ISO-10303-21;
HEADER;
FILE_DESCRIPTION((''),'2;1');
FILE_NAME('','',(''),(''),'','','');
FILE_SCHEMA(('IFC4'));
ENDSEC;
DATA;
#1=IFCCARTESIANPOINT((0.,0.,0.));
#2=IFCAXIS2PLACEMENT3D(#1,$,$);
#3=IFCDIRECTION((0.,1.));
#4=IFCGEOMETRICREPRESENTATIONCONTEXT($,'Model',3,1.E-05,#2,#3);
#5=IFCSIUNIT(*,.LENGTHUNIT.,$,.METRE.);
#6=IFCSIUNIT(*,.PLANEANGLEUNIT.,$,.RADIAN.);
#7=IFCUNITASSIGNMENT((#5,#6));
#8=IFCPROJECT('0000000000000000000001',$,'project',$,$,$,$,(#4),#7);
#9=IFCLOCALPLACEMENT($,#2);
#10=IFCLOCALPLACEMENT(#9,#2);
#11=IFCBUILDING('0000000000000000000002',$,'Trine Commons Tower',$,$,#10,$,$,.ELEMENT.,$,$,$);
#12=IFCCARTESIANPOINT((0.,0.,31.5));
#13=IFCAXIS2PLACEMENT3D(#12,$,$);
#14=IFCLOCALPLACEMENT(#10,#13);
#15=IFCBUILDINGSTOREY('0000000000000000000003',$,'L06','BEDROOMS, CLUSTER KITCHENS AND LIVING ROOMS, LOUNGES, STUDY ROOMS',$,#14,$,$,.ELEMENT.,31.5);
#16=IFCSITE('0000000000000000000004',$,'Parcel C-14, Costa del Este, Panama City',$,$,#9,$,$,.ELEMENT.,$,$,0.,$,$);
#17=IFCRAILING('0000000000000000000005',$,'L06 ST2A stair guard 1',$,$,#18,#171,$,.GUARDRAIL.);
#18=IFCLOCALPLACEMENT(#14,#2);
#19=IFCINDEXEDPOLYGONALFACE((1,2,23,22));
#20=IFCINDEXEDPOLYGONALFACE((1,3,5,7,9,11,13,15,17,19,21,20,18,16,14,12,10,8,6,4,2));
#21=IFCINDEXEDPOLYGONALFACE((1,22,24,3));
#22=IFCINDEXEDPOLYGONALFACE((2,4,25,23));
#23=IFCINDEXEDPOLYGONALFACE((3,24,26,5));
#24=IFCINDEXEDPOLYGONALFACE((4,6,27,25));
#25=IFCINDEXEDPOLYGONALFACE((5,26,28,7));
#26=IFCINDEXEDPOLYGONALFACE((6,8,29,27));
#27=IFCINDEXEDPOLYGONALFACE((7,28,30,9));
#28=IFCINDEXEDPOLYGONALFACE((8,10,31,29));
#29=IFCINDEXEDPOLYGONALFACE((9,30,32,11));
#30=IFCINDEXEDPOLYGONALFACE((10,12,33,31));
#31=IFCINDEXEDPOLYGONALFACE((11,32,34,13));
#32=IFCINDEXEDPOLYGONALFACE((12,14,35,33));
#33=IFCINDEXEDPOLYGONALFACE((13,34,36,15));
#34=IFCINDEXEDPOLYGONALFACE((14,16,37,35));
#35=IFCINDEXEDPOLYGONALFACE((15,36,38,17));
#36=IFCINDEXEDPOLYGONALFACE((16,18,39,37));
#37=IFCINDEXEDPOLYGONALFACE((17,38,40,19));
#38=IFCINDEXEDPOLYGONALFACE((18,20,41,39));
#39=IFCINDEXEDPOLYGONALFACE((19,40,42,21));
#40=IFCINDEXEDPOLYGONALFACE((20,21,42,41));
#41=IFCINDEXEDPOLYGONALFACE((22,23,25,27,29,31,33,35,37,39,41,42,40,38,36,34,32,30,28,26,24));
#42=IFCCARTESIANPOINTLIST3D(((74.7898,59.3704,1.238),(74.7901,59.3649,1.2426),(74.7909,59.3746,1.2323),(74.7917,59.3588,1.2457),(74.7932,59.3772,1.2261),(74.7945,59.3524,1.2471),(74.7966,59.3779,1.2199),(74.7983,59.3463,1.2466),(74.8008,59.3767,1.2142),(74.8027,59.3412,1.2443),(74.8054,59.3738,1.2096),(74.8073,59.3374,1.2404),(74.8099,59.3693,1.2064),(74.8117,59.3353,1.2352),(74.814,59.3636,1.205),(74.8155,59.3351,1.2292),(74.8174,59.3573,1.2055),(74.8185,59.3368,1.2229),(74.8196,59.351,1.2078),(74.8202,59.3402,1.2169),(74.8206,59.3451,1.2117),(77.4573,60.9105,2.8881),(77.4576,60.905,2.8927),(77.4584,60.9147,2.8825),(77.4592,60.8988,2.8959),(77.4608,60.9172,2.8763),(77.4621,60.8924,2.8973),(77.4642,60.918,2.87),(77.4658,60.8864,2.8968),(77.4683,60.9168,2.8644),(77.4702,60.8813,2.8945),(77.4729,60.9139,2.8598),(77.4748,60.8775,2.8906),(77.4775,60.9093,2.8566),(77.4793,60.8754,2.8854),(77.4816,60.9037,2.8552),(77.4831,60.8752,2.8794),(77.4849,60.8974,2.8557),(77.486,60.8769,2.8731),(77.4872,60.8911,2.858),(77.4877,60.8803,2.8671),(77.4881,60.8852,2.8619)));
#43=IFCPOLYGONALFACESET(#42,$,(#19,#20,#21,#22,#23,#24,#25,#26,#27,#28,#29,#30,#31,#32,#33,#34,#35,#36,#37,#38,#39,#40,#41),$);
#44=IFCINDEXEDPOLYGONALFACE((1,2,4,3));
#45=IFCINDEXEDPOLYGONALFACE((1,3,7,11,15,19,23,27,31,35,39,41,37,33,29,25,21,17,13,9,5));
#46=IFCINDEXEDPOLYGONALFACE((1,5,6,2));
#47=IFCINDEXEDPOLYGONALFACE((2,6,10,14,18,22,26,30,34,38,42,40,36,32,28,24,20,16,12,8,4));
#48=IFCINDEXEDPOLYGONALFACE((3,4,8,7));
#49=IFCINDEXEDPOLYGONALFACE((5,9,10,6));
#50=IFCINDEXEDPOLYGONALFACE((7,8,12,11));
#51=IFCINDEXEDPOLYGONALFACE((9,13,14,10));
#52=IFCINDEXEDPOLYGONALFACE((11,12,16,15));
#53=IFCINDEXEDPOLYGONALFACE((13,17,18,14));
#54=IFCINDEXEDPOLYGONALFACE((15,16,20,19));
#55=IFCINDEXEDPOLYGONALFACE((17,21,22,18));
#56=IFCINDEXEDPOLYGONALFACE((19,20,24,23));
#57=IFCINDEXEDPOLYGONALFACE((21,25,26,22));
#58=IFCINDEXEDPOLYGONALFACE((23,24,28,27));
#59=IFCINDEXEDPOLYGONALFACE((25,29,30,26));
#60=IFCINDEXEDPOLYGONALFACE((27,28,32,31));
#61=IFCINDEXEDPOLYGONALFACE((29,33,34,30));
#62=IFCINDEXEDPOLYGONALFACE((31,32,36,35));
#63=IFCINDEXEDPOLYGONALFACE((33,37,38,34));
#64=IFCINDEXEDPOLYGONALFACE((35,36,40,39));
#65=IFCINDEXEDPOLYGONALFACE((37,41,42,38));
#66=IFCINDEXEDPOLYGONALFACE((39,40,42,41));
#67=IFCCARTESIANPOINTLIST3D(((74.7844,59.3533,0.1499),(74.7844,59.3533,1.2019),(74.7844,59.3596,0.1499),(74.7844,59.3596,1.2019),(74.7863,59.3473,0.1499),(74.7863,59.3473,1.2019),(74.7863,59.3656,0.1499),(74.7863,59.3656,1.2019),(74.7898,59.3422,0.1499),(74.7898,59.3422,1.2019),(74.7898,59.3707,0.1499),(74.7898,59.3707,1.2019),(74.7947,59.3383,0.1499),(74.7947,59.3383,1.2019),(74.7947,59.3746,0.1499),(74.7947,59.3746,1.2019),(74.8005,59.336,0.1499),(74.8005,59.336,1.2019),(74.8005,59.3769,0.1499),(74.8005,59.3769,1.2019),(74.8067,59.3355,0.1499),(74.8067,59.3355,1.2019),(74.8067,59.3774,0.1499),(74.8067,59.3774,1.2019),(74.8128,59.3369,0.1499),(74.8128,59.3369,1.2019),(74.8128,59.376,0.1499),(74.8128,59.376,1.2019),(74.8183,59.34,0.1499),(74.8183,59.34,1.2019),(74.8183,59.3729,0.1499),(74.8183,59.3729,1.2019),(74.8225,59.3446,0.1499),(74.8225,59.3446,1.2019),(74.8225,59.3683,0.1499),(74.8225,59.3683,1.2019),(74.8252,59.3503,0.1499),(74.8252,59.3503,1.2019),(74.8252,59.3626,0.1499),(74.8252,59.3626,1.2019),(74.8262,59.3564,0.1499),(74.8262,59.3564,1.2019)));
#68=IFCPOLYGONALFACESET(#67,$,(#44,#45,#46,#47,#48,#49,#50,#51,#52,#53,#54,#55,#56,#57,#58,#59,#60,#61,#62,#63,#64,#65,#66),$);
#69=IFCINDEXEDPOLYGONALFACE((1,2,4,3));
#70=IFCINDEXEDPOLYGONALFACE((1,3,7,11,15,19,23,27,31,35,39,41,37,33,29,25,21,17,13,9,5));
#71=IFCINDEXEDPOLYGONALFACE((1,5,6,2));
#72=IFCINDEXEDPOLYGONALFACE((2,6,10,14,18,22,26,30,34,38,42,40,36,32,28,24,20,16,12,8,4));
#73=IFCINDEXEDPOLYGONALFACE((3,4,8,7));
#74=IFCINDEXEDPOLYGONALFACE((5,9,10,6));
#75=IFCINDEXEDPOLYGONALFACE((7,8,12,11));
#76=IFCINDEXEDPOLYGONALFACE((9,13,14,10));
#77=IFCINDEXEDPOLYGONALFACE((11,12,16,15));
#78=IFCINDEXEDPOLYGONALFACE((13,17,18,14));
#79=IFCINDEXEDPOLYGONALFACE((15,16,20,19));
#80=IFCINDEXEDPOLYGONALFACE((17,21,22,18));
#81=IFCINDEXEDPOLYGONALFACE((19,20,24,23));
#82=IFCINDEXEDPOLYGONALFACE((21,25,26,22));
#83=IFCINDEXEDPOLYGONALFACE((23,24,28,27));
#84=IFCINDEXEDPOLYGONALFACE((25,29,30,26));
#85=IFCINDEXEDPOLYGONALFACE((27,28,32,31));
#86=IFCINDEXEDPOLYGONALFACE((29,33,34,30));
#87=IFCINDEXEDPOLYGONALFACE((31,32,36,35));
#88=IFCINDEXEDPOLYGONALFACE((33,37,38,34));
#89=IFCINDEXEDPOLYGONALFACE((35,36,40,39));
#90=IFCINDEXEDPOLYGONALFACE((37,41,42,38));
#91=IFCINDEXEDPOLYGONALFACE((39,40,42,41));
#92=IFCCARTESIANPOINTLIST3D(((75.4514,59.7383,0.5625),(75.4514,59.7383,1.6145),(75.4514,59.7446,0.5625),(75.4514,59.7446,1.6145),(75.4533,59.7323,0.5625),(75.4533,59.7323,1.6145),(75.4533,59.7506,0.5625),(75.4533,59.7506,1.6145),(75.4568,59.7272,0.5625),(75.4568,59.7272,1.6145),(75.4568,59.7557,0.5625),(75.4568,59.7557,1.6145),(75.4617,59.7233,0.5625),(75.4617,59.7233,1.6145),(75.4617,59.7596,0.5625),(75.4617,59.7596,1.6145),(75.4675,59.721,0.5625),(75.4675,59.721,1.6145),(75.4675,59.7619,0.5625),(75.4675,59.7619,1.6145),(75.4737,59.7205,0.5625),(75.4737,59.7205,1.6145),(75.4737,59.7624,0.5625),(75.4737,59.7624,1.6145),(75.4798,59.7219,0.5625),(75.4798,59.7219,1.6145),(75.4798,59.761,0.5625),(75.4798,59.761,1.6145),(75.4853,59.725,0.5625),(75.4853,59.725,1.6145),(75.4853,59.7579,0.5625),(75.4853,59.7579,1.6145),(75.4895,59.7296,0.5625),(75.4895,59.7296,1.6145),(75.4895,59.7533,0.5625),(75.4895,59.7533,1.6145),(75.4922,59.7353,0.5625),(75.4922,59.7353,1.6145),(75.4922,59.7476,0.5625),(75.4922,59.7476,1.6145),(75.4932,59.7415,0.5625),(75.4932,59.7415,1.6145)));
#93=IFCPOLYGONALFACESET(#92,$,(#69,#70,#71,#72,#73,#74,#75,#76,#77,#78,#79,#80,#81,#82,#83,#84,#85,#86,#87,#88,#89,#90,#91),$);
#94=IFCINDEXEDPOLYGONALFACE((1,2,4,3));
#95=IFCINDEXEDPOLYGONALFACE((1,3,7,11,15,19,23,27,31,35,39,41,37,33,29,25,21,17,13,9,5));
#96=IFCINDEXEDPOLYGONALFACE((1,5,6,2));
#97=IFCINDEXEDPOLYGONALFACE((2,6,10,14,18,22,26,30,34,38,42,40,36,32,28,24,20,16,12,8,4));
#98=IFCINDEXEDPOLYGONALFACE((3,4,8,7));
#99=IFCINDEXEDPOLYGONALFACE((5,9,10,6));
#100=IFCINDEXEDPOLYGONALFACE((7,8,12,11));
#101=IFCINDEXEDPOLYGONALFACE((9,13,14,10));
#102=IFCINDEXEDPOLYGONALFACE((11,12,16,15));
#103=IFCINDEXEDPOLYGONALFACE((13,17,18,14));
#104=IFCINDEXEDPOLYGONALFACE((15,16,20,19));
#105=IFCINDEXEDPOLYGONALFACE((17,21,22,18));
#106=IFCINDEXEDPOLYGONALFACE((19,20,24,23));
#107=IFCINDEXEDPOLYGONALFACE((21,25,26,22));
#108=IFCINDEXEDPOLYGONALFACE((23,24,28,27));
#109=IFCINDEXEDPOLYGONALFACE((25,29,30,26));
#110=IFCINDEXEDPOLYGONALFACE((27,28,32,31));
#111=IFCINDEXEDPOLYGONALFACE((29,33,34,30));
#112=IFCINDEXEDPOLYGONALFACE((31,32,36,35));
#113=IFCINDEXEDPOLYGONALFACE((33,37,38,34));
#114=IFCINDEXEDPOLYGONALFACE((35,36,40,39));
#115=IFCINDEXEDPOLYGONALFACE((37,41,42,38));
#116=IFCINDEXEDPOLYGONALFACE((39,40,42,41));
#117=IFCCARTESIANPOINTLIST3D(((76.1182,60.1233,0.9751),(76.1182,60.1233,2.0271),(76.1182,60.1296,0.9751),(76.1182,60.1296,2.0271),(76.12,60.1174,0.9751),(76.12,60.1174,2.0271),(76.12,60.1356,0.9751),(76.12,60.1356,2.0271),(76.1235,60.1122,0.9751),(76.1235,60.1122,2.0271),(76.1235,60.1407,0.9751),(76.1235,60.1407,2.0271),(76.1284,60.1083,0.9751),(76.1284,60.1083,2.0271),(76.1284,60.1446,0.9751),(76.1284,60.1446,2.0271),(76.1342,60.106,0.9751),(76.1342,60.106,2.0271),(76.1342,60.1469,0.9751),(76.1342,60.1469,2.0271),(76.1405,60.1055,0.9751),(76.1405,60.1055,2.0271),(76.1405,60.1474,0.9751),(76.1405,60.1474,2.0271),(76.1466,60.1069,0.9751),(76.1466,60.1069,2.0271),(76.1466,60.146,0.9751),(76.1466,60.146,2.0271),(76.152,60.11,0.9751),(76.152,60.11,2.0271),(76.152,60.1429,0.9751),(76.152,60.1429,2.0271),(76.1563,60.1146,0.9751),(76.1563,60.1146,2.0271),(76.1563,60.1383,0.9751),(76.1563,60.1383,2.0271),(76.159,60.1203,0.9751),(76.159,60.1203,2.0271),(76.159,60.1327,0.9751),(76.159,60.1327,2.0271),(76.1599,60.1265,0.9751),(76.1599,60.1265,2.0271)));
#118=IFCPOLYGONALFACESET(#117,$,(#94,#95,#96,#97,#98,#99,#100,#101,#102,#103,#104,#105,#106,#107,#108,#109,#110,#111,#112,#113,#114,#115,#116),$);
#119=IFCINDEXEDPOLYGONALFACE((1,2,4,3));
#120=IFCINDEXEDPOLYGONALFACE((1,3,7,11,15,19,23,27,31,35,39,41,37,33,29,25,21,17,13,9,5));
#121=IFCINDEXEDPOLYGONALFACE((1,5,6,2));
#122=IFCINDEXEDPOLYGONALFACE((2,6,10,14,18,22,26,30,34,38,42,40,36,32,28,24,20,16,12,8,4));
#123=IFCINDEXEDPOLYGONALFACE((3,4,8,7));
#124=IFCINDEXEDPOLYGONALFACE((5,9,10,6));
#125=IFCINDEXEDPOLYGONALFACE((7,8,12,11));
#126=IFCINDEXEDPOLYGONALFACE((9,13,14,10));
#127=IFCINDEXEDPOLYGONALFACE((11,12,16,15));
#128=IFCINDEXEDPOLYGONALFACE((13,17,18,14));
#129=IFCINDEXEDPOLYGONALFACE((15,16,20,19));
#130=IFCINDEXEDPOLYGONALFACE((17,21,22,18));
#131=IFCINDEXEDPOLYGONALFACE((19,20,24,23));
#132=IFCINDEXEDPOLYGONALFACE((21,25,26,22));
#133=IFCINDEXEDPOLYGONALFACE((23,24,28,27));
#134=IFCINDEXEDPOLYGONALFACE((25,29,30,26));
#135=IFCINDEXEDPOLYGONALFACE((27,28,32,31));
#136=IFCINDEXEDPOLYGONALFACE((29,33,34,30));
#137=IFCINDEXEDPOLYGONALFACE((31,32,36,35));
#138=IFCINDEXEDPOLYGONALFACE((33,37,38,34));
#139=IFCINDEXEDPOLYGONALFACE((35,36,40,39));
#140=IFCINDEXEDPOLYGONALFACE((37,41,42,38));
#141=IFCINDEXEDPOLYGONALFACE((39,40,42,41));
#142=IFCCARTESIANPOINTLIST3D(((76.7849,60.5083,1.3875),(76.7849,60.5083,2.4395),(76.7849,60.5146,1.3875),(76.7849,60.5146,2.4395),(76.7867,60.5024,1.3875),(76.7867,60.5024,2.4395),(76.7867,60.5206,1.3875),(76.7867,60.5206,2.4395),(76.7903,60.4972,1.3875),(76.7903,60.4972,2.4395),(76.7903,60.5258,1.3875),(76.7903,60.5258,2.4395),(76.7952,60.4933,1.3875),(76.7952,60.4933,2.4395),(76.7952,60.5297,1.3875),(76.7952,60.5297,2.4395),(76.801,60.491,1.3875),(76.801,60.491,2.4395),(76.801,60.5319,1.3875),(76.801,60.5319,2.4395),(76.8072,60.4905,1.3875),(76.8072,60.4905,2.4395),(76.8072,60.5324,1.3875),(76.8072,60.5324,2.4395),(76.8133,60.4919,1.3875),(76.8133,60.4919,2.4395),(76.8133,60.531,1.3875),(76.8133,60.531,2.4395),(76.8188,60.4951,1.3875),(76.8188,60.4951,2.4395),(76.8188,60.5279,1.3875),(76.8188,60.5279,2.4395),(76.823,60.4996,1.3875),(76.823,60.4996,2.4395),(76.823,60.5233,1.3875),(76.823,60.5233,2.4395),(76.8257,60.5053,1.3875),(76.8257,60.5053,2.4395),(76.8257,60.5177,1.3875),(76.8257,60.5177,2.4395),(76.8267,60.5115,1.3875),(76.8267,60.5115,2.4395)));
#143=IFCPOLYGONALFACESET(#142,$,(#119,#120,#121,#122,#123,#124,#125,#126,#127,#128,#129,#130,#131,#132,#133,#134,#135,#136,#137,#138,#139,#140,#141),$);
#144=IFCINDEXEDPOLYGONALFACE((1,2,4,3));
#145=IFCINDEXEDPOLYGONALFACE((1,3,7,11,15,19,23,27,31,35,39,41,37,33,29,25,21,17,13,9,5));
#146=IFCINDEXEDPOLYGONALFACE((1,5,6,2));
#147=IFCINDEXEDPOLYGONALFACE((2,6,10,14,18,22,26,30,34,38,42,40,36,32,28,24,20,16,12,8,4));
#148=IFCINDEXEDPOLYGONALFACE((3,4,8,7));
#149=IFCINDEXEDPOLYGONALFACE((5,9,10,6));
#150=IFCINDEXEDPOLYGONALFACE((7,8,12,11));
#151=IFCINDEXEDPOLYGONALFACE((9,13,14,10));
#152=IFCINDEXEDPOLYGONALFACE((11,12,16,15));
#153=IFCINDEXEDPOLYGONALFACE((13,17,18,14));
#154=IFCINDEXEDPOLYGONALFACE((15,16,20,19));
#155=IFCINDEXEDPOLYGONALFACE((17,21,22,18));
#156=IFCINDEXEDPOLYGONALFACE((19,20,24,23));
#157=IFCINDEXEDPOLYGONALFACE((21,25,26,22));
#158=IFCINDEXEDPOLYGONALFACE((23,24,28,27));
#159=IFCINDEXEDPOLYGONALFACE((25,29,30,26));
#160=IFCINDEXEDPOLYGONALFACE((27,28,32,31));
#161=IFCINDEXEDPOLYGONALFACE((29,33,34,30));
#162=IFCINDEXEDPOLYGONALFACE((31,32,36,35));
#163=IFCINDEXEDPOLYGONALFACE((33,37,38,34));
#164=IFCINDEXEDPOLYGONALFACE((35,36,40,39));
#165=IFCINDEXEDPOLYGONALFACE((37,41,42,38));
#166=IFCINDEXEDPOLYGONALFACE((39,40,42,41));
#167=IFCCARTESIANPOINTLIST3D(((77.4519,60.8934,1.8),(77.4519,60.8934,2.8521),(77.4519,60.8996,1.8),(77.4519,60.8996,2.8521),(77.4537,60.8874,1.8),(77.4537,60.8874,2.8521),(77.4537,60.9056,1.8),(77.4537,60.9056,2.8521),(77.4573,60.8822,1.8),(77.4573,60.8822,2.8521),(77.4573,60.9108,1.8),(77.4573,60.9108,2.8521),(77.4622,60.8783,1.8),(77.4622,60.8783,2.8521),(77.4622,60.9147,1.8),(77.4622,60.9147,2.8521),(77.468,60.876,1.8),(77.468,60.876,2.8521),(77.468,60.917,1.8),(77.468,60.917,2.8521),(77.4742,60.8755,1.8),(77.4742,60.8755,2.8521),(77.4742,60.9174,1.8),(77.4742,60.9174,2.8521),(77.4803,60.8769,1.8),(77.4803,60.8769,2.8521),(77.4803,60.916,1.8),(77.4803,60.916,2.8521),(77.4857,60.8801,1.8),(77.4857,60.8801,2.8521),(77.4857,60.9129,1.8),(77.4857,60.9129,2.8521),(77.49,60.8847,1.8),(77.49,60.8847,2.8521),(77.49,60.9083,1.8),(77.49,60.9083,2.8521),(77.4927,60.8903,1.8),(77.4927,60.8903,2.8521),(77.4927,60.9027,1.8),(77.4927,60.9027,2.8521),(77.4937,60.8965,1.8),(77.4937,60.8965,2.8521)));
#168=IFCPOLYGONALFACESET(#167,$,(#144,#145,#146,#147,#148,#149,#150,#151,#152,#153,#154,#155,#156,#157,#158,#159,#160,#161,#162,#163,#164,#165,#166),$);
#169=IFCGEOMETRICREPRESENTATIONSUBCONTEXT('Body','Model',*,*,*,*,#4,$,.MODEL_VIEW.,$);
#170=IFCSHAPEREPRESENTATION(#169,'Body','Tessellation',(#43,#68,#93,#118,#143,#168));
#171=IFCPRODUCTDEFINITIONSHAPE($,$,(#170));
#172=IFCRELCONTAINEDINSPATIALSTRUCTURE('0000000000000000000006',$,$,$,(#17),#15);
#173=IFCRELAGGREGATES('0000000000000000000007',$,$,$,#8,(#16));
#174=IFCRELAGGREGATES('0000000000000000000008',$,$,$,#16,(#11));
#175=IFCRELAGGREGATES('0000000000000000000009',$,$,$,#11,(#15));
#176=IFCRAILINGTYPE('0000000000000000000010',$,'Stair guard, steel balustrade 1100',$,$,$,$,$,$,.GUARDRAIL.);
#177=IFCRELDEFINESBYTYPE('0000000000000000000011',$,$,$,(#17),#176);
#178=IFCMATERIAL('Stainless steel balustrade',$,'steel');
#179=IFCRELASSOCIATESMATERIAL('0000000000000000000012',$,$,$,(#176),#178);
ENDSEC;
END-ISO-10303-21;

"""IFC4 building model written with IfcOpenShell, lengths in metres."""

from ifc_helpers import new_model, si_unit, direction, frame, origin, origin_2d, place, context, subcontext, project, spatial, circle, extrude, material, type_object, element, save


model = new_model("IFC4")

# Units and contexts
model_context = context("Model", 3, precision=1e-05, world=origin(), true_north=direction((0.0, 1.0)))
body_context = subcontext(model_context, "Body", "Model", "MODEL_VIEW")
ifc_project = project(units=[si_unit("LENGTHUNIT", "METRE"), si_unit("PLANEANGLEUNIT", "RADIAN")], contexts=[model_context])

# Site, building, storey
site_placement = place(None, origin())
site = spatial("IfcSite", under=ifc_project, at=site_placement, Name="Parcel C-14, Costa del Este, Panama City", CompositionType="ELEMENT", RefElevation=0.0)
building_placement = place(site_placement, origin())
building = spatial("IfcBuilding", under=site, at=building_placement, Name="Trine Commons Tower", CompositionType="ELEMENT")
storey_placement = place(building_placement, frame((0.0, 0.0, 31.5)))
storey = spatial("IfcBuildingStorey", under=building, at=storey_placement, Name="L06", Description="BEDROOMS, CLUSTER KITCHENS AND LIVING ROOMS, LOUNGES, STUDY ROOMS", CompositionType="ELEMENT", Elevation=31.5)

# Railing
ifc_material_1 = material(Name="Stainless steel balustrade", Category="steel")
railing_type_1 = type_object("IfcRailingType", Name="Stair guard, steel balustrade 1100", PredefinedType="GUARDRAIL", material=ifc_material_1)
railing_1_placement = place(storey_placement, frame((74.8052, 59.3564, 0.1499)))
element("IfcRailing", 1, at=railing_1_placement, inside=storey, type_object=railing_type_1, Name="L06 ST2A stair guard 1", PredefinedType="GUARDRAIL", context=body_context, shape_type="SweptSolid", body=[
    extrude(circle(Radius=0.0239, at=origin_2d()), frame((0.0, 0.0, 1.0762), z_axis=(0.76338, 0.440728, 0.472239), x_axis=(-0.499992, 0.86603, 0.0)), (0.0, 0.0, 1.0), 3.4944),
    extrude(circle(Radius=0.021, at=origin_2d()), origin(), (0.0, 0.0, 1.0), 1.052),
    extrude(circle(Radius=0.021, at=origin_2d()), frame((0.667, 0.385, 0.4126)), (0.0, 0.0, 1.0), 1.052),
    extrude(circle(Radius=0.021, at=origin_2d()), frame((1.3337, 0.77, 0.8252)), (0.0, 0.0, 1.0), 1.052),
    extrude(circle(Radius=0.021, at=origin_2d()), frame((2.0005, 1.155, 1.2375)), (0.0, 0.0, 1.0), 1.052),
    extrude(circle(Radius=0.021, at=origin_2d()), frame((2.6675, 1.54, 1.6501)), (0.0, 0.0, 1.0), 1.052),
])

save(model, "model.ifc")
